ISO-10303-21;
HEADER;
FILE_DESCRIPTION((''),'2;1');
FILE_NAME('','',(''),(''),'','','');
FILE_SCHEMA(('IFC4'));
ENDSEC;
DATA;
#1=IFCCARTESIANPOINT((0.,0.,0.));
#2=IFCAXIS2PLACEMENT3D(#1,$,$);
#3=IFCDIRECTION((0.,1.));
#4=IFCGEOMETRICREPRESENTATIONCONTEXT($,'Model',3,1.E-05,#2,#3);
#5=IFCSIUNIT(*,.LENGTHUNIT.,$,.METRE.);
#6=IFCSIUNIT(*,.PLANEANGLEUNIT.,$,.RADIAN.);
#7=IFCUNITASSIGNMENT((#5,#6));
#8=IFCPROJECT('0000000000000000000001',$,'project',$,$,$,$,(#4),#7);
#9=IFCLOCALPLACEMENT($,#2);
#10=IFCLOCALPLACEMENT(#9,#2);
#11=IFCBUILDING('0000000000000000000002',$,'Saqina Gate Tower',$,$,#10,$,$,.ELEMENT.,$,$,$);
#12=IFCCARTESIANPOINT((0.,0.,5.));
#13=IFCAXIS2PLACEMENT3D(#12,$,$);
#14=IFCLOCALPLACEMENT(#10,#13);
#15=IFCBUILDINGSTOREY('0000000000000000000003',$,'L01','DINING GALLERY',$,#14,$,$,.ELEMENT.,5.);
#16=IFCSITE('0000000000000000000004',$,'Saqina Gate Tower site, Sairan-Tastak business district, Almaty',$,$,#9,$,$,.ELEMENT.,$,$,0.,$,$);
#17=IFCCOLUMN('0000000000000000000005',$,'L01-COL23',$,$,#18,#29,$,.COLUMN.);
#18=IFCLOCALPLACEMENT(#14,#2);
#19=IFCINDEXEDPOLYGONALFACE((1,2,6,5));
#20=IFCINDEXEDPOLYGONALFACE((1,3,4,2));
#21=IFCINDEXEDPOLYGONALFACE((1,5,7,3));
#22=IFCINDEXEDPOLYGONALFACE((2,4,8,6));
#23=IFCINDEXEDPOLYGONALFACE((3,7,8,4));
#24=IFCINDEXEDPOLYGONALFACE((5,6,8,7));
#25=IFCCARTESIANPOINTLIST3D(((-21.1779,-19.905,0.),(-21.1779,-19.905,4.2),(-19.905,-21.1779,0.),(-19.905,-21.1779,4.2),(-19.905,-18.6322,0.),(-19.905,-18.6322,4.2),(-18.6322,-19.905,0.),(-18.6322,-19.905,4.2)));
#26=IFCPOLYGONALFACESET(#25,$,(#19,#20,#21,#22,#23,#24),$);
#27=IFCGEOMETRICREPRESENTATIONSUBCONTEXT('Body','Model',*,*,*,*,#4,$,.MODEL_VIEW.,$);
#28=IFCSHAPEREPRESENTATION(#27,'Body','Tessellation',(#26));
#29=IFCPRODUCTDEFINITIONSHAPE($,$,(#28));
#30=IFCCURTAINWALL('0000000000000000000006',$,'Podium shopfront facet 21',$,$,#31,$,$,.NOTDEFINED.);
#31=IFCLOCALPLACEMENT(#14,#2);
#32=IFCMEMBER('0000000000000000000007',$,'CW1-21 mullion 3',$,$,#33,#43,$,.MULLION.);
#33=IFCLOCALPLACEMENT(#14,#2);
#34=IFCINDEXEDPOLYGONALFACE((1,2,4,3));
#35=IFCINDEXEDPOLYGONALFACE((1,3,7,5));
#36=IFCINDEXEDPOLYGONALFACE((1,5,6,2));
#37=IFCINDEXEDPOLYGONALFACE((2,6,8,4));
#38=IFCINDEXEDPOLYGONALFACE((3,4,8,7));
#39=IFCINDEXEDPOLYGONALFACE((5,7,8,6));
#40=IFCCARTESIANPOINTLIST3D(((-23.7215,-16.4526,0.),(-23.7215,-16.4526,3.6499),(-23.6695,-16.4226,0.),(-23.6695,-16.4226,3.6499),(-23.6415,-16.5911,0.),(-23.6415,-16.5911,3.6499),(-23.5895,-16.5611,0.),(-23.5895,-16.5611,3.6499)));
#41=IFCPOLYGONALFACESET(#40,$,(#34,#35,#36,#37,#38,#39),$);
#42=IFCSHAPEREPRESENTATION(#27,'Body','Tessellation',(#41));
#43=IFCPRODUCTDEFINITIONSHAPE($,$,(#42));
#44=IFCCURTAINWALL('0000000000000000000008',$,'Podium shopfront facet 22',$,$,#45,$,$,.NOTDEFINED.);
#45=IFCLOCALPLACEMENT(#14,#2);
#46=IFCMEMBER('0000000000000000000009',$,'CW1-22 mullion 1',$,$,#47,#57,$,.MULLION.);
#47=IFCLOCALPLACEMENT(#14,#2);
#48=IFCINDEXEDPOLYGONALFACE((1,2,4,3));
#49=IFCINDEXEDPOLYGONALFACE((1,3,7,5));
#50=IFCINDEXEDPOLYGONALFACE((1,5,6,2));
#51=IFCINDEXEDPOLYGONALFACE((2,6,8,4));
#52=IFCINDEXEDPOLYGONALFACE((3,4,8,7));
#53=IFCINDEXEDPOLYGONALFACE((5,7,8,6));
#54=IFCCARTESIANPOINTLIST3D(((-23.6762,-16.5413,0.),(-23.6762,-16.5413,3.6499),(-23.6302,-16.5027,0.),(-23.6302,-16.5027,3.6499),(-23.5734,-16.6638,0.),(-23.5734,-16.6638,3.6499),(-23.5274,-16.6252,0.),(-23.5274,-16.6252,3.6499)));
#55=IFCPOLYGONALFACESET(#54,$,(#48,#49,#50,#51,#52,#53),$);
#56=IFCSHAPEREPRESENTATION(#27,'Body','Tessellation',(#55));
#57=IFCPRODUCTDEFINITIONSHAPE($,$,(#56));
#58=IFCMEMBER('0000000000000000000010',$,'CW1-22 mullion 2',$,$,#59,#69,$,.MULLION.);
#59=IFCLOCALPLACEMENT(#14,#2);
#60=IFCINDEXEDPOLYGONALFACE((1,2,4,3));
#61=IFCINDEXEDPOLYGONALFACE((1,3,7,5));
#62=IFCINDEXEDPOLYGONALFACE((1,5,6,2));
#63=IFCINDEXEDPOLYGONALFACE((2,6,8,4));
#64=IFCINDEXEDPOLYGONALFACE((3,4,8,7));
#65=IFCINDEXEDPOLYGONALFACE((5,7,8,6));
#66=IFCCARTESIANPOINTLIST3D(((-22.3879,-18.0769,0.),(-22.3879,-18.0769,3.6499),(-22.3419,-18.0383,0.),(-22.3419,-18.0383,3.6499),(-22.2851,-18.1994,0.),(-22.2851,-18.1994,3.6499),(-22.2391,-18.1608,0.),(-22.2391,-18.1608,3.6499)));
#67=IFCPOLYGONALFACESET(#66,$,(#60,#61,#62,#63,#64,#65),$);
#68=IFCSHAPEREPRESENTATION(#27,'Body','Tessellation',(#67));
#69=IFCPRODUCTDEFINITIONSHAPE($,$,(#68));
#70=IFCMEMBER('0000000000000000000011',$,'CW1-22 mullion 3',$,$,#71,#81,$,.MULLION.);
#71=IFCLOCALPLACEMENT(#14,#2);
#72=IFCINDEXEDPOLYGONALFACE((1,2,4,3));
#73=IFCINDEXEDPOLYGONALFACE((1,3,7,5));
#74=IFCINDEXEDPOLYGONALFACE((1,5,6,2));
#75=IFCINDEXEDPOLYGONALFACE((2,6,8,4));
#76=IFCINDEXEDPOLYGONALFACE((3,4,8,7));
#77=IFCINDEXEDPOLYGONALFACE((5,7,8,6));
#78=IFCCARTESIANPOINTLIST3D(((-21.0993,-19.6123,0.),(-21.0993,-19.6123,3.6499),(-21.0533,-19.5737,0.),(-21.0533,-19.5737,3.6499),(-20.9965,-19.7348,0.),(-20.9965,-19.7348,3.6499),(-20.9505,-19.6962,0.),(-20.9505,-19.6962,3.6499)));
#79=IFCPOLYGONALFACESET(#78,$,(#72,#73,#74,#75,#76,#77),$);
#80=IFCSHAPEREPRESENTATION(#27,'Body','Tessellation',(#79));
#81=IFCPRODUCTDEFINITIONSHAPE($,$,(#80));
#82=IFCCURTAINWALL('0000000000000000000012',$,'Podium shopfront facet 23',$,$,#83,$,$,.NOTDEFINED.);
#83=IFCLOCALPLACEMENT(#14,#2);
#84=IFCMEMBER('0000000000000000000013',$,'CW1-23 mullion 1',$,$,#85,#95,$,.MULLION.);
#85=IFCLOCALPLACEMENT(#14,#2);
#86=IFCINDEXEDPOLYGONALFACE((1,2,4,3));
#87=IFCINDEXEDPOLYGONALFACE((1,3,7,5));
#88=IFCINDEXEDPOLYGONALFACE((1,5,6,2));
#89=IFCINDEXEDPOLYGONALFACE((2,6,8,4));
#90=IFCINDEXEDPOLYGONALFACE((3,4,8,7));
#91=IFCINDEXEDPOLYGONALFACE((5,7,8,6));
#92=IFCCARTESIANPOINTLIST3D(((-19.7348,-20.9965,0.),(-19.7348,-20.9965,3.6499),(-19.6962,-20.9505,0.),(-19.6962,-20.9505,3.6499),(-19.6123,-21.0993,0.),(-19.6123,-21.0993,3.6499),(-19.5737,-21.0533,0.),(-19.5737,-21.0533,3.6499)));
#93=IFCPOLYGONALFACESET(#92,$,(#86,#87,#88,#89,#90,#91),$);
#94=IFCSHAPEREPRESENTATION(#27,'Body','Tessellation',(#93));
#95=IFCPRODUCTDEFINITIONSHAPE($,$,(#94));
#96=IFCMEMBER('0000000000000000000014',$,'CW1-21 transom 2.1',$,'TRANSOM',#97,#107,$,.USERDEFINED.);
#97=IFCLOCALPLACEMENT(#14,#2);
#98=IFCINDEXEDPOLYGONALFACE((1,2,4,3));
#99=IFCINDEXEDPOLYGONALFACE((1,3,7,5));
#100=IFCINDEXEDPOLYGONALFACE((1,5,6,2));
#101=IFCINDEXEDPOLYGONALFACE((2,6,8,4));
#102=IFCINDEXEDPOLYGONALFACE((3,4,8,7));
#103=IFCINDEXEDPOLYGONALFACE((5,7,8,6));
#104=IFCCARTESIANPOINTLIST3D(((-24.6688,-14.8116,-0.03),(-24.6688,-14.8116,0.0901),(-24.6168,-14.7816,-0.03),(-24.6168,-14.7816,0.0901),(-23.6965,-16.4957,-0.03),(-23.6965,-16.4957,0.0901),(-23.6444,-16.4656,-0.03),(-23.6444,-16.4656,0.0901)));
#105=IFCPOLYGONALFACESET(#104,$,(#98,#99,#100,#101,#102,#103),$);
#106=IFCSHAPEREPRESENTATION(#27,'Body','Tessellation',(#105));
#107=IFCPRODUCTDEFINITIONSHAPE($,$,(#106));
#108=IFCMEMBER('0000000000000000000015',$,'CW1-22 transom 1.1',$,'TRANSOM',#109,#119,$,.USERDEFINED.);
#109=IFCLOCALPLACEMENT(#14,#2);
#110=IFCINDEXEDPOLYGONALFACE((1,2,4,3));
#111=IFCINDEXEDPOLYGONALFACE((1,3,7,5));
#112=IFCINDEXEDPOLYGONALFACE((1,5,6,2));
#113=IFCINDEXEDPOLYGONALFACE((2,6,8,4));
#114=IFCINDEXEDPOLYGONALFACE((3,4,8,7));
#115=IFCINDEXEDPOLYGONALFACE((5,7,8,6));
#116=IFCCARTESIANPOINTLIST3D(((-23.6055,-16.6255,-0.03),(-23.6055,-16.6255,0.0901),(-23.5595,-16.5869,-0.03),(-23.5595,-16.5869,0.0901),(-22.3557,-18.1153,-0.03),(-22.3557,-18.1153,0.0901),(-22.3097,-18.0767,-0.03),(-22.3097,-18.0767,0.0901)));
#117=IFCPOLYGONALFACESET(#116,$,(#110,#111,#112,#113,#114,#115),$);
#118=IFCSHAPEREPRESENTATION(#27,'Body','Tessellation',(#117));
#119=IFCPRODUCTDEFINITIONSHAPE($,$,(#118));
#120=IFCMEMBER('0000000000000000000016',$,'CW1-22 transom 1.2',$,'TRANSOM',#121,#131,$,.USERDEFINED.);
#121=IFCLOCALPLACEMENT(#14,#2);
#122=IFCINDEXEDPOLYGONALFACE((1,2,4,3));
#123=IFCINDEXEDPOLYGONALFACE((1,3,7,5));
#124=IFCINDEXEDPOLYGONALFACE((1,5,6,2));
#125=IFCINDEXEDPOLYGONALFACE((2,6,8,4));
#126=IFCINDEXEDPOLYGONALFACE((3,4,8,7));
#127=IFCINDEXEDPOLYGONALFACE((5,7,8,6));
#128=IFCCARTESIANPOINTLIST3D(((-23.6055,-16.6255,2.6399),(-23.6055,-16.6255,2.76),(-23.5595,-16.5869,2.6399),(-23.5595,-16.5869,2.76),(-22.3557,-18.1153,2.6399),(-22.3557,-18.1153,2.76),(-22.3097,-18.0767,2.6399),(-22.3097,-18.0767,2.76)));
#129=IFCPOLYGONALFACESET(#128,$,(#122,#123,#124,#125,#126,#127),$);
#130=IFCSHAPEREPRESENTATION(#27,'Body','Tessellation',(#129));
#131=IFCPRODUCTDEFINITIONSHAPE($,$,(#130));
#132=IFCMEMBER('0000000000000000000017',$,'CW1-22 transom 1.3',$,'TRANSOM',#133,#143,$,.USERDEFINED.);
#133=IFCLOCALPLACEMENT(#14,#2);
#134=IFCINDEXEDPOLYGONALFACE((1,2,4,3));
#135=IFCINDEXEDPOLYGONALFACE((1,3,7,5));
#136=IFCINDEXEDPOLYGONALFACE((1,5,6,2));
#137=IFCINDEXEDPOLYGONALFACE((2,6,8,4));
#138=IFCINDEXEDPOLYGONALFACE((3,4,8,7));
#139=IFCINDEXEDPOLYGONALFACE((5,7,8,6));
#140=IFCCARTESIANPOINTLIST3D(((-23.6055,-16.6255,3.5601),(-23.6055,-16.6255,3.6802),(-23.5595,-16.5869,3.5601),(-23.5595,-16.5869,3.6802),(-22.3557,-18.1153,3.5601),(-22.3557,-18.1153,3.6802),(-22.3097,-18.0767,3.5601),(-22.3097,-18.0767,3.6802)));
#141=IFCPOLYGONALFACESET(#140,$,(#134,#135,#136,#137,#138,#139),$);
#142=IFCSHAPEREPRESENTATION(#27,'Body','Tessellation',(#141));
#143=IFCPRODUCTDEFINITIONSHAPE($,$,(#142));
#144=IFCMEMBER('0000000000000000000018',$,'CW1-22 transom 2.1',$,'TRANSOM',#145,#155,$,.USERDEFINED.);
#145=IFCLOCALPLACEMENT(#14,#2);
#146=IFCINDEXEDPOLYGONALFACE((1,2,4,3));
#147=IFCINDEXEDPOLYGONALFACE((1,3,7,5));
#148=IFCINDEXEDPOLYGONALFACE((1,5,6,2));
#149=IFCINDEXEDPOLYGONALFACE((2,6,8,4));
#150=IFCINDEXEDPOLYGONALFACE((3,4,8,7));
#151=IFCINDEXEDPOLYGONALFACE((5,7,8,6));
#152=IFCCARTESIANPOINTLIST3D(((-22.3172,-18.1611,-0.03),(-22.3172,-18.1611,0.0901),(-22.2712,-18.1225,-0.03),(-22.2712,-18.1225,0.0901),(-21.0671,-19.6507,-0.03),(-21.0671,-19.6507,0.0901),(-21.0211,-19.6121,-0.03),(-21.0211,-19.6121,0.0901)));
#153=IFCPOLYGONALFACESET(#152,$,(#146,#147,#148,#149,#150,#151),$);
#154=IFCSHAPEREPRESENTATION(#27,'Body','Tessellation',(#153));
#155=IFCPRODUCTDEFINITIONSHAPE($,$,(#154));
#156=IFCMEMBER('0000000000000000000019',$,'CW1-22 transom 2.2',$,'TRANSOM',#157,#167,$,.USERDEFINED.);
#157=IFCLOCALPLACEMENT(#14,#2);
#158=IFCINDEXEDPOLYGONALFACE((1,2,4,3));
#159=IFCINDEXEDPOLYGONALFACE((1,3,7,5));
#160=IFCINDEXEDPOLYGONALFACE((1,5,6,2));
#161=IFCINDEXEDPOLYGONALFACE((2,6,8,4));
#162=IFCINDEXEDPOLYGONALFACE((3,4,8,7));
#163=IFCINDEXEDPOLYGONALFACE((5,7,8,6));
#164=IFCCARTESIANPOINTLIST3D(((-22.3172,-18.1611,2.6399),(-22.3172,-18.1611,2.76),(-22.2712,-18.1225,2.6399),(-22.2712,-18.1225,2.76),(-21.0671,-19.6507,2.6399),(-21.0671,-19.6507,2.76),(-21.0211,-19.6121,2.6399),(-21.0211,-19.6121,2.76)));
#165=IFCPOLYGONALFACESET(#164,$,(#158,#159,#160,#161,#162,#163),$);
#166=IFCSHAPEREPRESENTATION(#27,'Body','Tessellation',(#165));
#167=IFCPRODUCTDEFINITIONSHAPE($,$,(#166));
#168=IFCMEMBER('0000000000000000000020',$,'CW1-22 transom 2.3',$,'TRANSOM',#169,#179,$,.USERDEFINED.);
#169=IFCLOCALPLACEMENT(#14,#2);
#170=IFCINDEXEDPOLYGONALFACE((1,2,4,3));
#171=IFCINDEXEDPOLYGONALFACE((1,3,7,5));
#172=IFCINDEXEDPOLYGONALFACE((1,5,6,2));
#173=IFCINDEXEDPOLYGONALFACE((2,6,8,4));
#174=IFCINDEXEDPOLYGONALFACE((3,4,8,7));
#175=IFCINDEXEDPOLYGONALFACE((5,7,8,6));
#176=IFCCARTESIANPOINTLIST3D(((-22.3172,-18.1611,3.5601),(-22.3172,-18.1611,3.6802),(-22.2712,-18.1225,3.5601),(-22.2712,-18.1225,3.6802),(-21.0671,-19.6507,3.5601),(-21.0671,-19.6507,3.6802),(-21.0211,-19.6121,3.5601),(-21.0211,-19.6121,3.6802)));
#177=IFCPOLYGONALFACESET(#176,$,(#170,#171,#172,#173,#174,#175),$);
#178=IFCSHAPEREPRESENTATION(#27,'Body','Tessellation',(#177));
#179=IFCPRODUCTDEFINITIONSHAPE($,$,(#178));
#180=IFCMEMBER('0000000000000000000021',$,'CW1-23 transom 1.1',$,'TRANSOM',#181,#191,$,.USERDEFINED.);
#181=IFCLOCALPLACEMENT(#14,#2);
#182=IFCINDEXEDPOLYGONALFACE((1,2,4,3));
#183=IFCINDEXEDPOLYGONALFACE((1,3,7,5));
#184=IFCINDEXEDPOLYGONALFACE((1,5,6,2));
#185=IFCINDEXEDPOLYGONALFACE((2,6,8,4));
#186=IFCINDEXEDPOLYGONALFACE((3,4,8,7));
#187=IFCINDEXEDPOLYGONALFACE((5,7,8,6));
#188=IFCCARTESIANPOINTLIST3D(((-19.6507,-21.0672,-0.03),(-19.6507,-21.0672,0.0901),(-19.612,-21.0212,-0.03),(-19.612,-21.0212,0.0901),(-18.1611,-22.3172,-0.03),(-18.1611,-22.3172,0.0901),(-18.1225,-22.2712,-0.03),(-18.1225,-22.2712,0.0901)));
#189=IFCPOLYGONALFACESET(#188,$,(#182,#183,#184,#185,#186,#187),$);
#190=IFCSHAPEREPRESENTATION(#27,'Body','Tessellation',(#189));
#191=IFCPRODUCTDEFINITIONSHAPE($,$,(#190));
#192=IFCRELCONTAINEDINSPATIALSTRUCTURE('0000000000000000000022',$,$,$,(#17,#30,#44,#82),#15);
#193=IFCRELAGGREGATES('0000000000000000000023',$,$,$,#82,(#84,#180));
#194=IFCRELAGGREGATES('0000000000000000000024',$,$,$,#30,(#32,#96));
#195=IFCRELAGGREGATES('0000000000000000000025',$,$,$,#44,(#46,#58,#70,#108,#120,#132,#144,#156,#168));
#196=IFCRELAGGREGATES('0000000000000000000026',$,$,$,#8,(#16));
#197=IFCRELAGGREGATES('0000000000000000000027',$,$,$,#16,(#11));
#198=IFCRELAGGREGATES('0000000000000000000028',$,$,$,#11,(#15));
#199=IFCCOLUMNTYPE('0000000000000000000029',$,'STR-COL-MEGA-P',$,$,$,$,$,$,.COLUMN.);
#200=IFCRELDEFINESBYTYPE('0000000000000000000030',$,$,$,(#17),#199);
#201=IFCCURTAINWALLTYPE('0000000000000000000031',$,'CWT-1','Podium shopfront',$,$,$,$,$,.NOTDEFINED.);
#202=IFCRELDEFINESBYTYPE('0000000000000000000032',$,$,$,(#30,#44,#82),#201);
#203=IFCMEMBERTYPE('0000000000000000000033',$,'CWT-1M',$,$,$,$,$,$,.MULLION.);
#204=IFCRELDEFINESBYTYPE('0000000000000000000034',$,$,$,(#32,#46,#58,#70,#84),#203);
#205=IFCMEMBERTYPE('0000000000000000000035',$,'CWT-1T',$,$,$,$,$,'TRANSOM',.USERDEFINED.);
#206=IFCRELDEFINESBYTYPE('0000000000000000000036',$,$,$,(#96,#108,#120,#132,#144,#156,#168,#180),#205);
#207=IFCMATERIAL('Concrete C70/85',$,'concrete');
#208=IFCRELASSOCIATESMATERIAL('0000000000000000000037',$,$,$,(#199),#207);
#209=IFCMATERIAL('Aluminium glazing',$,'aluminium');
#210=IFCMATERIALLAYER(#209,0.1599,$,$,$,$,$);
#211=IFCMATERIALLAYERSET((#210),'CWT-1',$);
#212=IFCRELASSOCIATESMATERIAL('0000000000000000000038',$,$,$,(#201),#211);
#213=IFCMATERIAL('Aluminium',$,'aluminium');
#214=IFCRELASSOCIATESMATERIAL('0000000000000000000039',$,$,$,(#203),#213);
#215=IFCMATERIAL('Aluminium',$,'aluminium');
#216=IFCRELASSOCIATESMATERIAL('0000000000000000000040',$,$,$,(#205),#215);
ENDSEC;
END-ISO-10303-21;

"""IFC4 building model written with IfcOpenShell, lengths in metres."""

from ifc_helpers import new_model, si_unit, direction, frame, origin, origin_2d, place, context, subcontext, project, spatial, rectangle, extrude, material, layer, layer_set, material_profile, profile_set, type_object, element, aggregate, save


model = new_model("IFC4")

# Units and contexts
model_context = context("Model", 3, precision=1e-05, world=origin(), true_north=direction((0.0, 1.0)))
body_context = subcontext(model_context, "Body", "Model", "MODEL_VIEW")
ifc_project = project(units=[si_unit("LENGTHUNIT", "METRE"), si_unit("PLANEANGLEUNIT", "RADIAN")], contexts=[model_context])

# Site, building, storey
site_placement = place(None, origin())
site = spatial("IfcSite", under=ifc_project, at=site_placement, Name="Saqina Gate Tower site, Sairan-Tastak business district, Almaty", CompositionType="ELEMENT", RefElevation=0.0)
building_placement = place(site_placement, origin())
building = spatial("IfcBuilding", under=site, at=building_placement, Name="Saqina Gate Tower", CompositionType="ELEMENT")
storey_placement = place(building_placement, frame((0.0, 0.0, 5.0)))
storey = spatial("IfcBuildingStorey", under=building, at=storey_placement, Name="L01", Description="DINING GALLERY", CompositionType="ELEMENT", Elevation=5.0)

# Column
ifc_material_1 = material(Name="Concrete C70/85", Category="concrete")
ifc_material_profile_1 = material_profile(ifc_material_1, rectangle(XDim=1.8, YDim=1.8, at=origin_2d()), Name="RC 1800x1800")
ifc_profile_set_1 = profile_set([ifc_material_profile_1], Name="Concrete C70/85")
column_type = type_object("IfcColumnType", Name="STR-COL-MEGA-P", PredefinedType="COLUMN", material=ifc_profile_set_1)
column_placement = place(storey_placement, frame((-19.905, -19.905, 0.0), z_axis=(0.0, 0.0, 1.0), x_axis=(-0.707107, -0.707107, 0.0)))
element("IfcColumn", 1, at=column_placement, inside=storey, type_object=column_type, Name="L01-COL23", PredefinedType="COLUMN", context=body_context, shape_type="SweptSolid", body=[
    extrude(rectangle(XDim=1.8, YDim=1.8, at=origin_2d()), origin(), (0.0, 0.0, 1.0), 4.2),
])

# Curtain wall, member
ifc_material_2 = material(Name="Aluminium glazing", Category="aluminium")
ifc_layer_1 = layer(ifc_material_2, 0.1599)
ifc_layer_set_1 = layer_set([ifc_layer_1], Name="CWT-1")
curtain_wall_type = type_object("IfcCurtainWallType", Name="CWT-1", Description="Podium shopfront", PredefinedType="NOTDEFINED", material=ifc_layer_set_1)
curtain_wall_1_placement = place(storey_placement, origin())
curtain_wall_1 = element("IfcCurtainWall", 2, at=curtain_wall_1_placement, inside=storey, type_object=curtain_wall_type, Name="Podium shopfront facet 21", PredefinedType="NOTDEFINED")
ifc_material_3 = material(Name="Aluminium", Category="aluminium")
ifc_material_profile_2 = material_profile(ifc_material_3, rectangle(XDim=0.0601, YDim=0.1599, at=origin_2d()), Name="Aluminium 60x160")
ifc_profile_set_2 = profile_set([ifc_material_profile_2], Name="Aluminium")
member_type_1 = type_object("IfcMemberType", Name="CWT-1M", PredefinedType="MULLION", material=ifc_profile_set_2)
member_1_placement = place(storey_placement, frame((-23.6555, -16.5068, 0.0), z_axis=(0.0, 0.0, 1.0), x_axis=(0.866017, 0.500014, 0.0)))
member_1 = element("IfcMember", 3, at=member_1_placement, type_object=member_type_1, Name="CW1-21 mullion 3", PredefinedType="MULLION", context=body_context, shape_type="SweptSolid", body=[
    extrude(rectangle(XDim=0.0601, YDim=0.1599, at=origin_2d()), origin(), (0.0, 0.0, 1.0), 3.6499),
])

# Curtain wall, members
curtain_wall_2_placement = place(storey_placement, origin())
curtain_wall_2 = element("IfcCurtainWall", 4, at=curtain_wall_2_placement, inside=storey, type_object=curtain_wall_type, Name="Podium shopfront facet 22", PredefinedType="NOTDEFINED")
member_2_placement = place(storey_placement, frame((-23.6018, -16.5833, 0.0), z_axis=(0.0, 0.0, 1.0), x_axis=(0.766051, 0.642779, 0.0)))
member_2 = element("IfcMember", 5, at=member_2_placement, type_object=member_type_1, Name="CW1-22 mullion 1", PredefinedType="MULLION", context=body_context, shape_type="SweptSolid", body=[
    extrude(rectangle(XDim=0.0601, YDim=0.1599, at=origin_2d()), origin(), (0.0, 0.0, 1.0), 3.6499),
])
member_3_placement = place(storey_placement, frame((-22.3135, -18.1189, 0.0), z_axis=(0.0, 0.0, 1.0), x_axis=(0.766051, 0.642779, 0.0)))
member_3 = element("IfcMember", 6, at=member_3_placement, type_object=member_type_1, Name="CW1-22 mullion 2", PredefinedType="MULLION", context=body_context, shape_type="SweptSolid", body=[
    extrude(rectangle(XDim=0.0601, YDim=0.1599, at=origin_2d()), origin(), (0.0, 0.0, 1.0), 3.6499),
])
member_4_placement = place(storey_placement, frame((-21.0249, -19.6543, 0.0), z_axis=(0.0, 0.0, 1.0), x_axis=(0.766051, 0.642779, 0.0)))
member_4 = element("IfcMember", 7, at=member_4_placement, type_object=member_type_1, Name="CW1-22 mullion 3", PredefinedType="MULLION", context=body_context, shape_type="SweptSolid", body=[
    extrude(rectangle(XDim=0.0601, YDim=0.1599, at=origin_2d()), origin(), (0.0, 0.0, 1.0), 3.6499),
])

# Curtain wall, member
curtain_wall_3_placement = place(storey_placement, origin())
curtain_wall_3 = element("IfcCurtainWall", 8, at=curtain_wall_3_placement, inside=storey, type_object=curtain_wall_type, Name="Podium shopfront facet 23", PredefinedType="NOTDEFINED")
member_5_placement = place(storey_placement, frame((-19.6543, -21.0249, 0.0), z_axis=(0.0, 0.0, 1.0), x_axis=(0.642779, 0.766051, 0.0)))
member_5 = element("IfcMember", 9, at=member_5_placement, type_object=member_type_1, Name="CW1-23 mullion 1", PredefinedType="MULLION", context=body_context, shape_type="SweptSolid", body=[
    extrude(rectangle(XDim=0.0601, YDim=0.1599, at=origin_2d()), origin(), (0.0, 0.0, 1.0), 3.6499),
])

# Members
ifc_material_4 = material(Name="Aluminium", Category="aluminium")
ifc_material_profile_3 = material_profile(ifc_material_4, rectangle(XDim=0.0601, YDim=0.1201, at=origin_2d()), Name="Aluminium 60x120")
ifc_profile_set_3 = profile_set([ifc_material_profile_3], Name="Aluminium")
member_type_2 = type_object("IfcMemberType", Name="CWT-1T", ElementType="TRANSOM", PredefinedType="USERDEFINED", material=ifc_profile_set_3)
member_6_placement = place(storey_placement, frame((-24.6428, -14.7966, 0.03), z_axis=(0.500041, -0.866002, 0.0), x_axis=(0.866002, 0.500041, 0.0)))
member_6 = element("IfcMember", 10, at=member_6_placement, type_object=member_type_2, Name="CW1-21 transom 2.1", ObjectType="TRANSOM", PredefinedType="USERDEFINED", context=body_context, shape_type="SweptSolid", body=[
    extrude(rectangle(XDim=0.0601, YDim=0.1201, at=origin_2d()), origin(), (0.0, 0.0, 1.0), 1.9446),
])
member_7_placement = place(storey_placement, frame((-23.5825, -16.6062, 0.03), z_axis=(0.6427, -0.766118, 0.0), x_axis=(0.766118, 0.6427, 0.0)))
member_7 = element("IfcMember", 11, at=member_7_placement, type_object=member_type_2, Name="CW1-22 transom 1.1", ObjectType="TRANSOM", PredefinedType="USERDEFINED", context=body_context, shape_type="SweptSolid", body=[
    extrude(rectangle(XDim=0.0601, YDim=0.1201, at=origin_2d()), origin(), (0.0, 0.0, 1.0), 1.9446),
])
member_8_placement = place(storey_placement, frame((-23.5825, -16.6062, 2.7), z_axis=(0.6427, -0.766118, 0.0), x_axis=(0.766118, 0.6427, 0.0)))
member_8 = element("IfcMember", 12, at=member_8_placement, type_object=member_type_2, Name="CW1-22 transom 1.2", ObjectType="TRANSOM", PredefinedType="USERDEFINED", context=body_context, shape_type="SweptSolid", body=[
    extrude(rectangle(XDim=0.0601, YDim=0.1201, at=origin_2d()), origin(), (0.0, 0.0, 1.0), 1.9446),
])
member_9_placement = place(storey_placement, frame((-23.5825, -16.6062, 3.6201), z_axis=(0.6427, -0.766118, 0.0), x_axis=(0.766118, 0.6427, 0.0)))
member_9 = element("IfcMember", 13, at=member_9_placement, type_object=member_type_2, Name="CW1-22 transom 1.3", ObjectType="TRANSOM", PredefinedType="USERDEFINED", context=body_context, shape_type="SweptSolid", body=[
    extrude(rectangle(XDim=0.0601, YDim=0.1201, at=origin_2d()), origin(), (0.0, 0.0, 1.0), 1.9446),
])
member_10_placement = place(storey_placement, frame((-22.2942, -18.1418, 0.03), z_axis=(0.642836, -0.766004, 0.0), x_axis=(0.766004, 0.642836, 0.0)))
member_10 = element("IfcMember", 14, at=member_10_placement, type_object=member_type_2, Name="CW1-22 transom 2.1", ObjectType="TRANSOM", PredefinedType="USERDEFINED", context=body_context, shape_type="SweptSolid", body=[
    extrude(rectangle(XDim=0.0601, YDim=0.1201, at=origin_2d()), origin(), (0.0, 0.0, 1.0), 1.9446),
])
member_11_placement = place(storey_placement, frame((-22.2942, -18.1418, 2.7), z_axis=(0.642836, -0.766004, 0.0), x_axis=(0.766004, 0.642836, 0.0)))
member_11 = element("IfcMember", 15, at=member_11_placement, type_object=member_type_2, Name="CW1-22 transom 2.2", ObjectType="TRANSOM", PredefinedType="USERDEFINED", context=body_context, shape_type="SweptSolid", body=[
    extrude(rectangle(XDim=0.0601, YDim=0.1201, at=origin_2d()), origin(), (0.0, 0.0, 1.0), 1.9446),
])
member_12_placement = place(storey_placement, frame((-22.2942, -18.1418, 3.6201), z_axis=(0.642836, -0.766004, 0.0), x_axis=(0.766004, 0.642836, 0.0)))
member_12 = element("IfcMember", 16, at=member_12_placement, type_object=member_type_2, Name="CW1-22 transom 2.3", ObjectType="TRANSOM", PredefinedType="USERDEFINED", context=body_context, shape_type="SweptSolid", body=[
    extrude(rectangle(XDim=0.0601, YDim=0.1201, at=origin_2d()), origin(), (0.0, 0.0, 1.0), 1.9446),
])
member_13_placement = place(storey_placement, frame((-19.6313, -21.0442, 0.03), z_axis=(0.766004, -0.642836, 0.0), x_axis=(0.642836, 0.766004, 0.0)))
member_13 = element("IfcMember", 17, at=member_13_placement, type_object=member_type_2, Name="CW1-23 transom 1.1", ObjectType="TRANSOM", PredefinedType="USERDEFINED", context=body_context, shape_type="SweptSolid", body=[
    extrude(rectangle(XDim=0.0601, YDim=0.1201, at=origin_2d()), origin(), (0.0, 0.0, 1.0), 1.9446),
])
aggregate(curtain_wall_3, [member_5, member_13])

aggregate(curtain_wall_1, [member_1, member_6])
aggregate(curtain_wall_2, [member_2, member_3, member_4, member_7, member_8, member_9, member_10, member_11, member_12])

save(model, "model.ifc")
